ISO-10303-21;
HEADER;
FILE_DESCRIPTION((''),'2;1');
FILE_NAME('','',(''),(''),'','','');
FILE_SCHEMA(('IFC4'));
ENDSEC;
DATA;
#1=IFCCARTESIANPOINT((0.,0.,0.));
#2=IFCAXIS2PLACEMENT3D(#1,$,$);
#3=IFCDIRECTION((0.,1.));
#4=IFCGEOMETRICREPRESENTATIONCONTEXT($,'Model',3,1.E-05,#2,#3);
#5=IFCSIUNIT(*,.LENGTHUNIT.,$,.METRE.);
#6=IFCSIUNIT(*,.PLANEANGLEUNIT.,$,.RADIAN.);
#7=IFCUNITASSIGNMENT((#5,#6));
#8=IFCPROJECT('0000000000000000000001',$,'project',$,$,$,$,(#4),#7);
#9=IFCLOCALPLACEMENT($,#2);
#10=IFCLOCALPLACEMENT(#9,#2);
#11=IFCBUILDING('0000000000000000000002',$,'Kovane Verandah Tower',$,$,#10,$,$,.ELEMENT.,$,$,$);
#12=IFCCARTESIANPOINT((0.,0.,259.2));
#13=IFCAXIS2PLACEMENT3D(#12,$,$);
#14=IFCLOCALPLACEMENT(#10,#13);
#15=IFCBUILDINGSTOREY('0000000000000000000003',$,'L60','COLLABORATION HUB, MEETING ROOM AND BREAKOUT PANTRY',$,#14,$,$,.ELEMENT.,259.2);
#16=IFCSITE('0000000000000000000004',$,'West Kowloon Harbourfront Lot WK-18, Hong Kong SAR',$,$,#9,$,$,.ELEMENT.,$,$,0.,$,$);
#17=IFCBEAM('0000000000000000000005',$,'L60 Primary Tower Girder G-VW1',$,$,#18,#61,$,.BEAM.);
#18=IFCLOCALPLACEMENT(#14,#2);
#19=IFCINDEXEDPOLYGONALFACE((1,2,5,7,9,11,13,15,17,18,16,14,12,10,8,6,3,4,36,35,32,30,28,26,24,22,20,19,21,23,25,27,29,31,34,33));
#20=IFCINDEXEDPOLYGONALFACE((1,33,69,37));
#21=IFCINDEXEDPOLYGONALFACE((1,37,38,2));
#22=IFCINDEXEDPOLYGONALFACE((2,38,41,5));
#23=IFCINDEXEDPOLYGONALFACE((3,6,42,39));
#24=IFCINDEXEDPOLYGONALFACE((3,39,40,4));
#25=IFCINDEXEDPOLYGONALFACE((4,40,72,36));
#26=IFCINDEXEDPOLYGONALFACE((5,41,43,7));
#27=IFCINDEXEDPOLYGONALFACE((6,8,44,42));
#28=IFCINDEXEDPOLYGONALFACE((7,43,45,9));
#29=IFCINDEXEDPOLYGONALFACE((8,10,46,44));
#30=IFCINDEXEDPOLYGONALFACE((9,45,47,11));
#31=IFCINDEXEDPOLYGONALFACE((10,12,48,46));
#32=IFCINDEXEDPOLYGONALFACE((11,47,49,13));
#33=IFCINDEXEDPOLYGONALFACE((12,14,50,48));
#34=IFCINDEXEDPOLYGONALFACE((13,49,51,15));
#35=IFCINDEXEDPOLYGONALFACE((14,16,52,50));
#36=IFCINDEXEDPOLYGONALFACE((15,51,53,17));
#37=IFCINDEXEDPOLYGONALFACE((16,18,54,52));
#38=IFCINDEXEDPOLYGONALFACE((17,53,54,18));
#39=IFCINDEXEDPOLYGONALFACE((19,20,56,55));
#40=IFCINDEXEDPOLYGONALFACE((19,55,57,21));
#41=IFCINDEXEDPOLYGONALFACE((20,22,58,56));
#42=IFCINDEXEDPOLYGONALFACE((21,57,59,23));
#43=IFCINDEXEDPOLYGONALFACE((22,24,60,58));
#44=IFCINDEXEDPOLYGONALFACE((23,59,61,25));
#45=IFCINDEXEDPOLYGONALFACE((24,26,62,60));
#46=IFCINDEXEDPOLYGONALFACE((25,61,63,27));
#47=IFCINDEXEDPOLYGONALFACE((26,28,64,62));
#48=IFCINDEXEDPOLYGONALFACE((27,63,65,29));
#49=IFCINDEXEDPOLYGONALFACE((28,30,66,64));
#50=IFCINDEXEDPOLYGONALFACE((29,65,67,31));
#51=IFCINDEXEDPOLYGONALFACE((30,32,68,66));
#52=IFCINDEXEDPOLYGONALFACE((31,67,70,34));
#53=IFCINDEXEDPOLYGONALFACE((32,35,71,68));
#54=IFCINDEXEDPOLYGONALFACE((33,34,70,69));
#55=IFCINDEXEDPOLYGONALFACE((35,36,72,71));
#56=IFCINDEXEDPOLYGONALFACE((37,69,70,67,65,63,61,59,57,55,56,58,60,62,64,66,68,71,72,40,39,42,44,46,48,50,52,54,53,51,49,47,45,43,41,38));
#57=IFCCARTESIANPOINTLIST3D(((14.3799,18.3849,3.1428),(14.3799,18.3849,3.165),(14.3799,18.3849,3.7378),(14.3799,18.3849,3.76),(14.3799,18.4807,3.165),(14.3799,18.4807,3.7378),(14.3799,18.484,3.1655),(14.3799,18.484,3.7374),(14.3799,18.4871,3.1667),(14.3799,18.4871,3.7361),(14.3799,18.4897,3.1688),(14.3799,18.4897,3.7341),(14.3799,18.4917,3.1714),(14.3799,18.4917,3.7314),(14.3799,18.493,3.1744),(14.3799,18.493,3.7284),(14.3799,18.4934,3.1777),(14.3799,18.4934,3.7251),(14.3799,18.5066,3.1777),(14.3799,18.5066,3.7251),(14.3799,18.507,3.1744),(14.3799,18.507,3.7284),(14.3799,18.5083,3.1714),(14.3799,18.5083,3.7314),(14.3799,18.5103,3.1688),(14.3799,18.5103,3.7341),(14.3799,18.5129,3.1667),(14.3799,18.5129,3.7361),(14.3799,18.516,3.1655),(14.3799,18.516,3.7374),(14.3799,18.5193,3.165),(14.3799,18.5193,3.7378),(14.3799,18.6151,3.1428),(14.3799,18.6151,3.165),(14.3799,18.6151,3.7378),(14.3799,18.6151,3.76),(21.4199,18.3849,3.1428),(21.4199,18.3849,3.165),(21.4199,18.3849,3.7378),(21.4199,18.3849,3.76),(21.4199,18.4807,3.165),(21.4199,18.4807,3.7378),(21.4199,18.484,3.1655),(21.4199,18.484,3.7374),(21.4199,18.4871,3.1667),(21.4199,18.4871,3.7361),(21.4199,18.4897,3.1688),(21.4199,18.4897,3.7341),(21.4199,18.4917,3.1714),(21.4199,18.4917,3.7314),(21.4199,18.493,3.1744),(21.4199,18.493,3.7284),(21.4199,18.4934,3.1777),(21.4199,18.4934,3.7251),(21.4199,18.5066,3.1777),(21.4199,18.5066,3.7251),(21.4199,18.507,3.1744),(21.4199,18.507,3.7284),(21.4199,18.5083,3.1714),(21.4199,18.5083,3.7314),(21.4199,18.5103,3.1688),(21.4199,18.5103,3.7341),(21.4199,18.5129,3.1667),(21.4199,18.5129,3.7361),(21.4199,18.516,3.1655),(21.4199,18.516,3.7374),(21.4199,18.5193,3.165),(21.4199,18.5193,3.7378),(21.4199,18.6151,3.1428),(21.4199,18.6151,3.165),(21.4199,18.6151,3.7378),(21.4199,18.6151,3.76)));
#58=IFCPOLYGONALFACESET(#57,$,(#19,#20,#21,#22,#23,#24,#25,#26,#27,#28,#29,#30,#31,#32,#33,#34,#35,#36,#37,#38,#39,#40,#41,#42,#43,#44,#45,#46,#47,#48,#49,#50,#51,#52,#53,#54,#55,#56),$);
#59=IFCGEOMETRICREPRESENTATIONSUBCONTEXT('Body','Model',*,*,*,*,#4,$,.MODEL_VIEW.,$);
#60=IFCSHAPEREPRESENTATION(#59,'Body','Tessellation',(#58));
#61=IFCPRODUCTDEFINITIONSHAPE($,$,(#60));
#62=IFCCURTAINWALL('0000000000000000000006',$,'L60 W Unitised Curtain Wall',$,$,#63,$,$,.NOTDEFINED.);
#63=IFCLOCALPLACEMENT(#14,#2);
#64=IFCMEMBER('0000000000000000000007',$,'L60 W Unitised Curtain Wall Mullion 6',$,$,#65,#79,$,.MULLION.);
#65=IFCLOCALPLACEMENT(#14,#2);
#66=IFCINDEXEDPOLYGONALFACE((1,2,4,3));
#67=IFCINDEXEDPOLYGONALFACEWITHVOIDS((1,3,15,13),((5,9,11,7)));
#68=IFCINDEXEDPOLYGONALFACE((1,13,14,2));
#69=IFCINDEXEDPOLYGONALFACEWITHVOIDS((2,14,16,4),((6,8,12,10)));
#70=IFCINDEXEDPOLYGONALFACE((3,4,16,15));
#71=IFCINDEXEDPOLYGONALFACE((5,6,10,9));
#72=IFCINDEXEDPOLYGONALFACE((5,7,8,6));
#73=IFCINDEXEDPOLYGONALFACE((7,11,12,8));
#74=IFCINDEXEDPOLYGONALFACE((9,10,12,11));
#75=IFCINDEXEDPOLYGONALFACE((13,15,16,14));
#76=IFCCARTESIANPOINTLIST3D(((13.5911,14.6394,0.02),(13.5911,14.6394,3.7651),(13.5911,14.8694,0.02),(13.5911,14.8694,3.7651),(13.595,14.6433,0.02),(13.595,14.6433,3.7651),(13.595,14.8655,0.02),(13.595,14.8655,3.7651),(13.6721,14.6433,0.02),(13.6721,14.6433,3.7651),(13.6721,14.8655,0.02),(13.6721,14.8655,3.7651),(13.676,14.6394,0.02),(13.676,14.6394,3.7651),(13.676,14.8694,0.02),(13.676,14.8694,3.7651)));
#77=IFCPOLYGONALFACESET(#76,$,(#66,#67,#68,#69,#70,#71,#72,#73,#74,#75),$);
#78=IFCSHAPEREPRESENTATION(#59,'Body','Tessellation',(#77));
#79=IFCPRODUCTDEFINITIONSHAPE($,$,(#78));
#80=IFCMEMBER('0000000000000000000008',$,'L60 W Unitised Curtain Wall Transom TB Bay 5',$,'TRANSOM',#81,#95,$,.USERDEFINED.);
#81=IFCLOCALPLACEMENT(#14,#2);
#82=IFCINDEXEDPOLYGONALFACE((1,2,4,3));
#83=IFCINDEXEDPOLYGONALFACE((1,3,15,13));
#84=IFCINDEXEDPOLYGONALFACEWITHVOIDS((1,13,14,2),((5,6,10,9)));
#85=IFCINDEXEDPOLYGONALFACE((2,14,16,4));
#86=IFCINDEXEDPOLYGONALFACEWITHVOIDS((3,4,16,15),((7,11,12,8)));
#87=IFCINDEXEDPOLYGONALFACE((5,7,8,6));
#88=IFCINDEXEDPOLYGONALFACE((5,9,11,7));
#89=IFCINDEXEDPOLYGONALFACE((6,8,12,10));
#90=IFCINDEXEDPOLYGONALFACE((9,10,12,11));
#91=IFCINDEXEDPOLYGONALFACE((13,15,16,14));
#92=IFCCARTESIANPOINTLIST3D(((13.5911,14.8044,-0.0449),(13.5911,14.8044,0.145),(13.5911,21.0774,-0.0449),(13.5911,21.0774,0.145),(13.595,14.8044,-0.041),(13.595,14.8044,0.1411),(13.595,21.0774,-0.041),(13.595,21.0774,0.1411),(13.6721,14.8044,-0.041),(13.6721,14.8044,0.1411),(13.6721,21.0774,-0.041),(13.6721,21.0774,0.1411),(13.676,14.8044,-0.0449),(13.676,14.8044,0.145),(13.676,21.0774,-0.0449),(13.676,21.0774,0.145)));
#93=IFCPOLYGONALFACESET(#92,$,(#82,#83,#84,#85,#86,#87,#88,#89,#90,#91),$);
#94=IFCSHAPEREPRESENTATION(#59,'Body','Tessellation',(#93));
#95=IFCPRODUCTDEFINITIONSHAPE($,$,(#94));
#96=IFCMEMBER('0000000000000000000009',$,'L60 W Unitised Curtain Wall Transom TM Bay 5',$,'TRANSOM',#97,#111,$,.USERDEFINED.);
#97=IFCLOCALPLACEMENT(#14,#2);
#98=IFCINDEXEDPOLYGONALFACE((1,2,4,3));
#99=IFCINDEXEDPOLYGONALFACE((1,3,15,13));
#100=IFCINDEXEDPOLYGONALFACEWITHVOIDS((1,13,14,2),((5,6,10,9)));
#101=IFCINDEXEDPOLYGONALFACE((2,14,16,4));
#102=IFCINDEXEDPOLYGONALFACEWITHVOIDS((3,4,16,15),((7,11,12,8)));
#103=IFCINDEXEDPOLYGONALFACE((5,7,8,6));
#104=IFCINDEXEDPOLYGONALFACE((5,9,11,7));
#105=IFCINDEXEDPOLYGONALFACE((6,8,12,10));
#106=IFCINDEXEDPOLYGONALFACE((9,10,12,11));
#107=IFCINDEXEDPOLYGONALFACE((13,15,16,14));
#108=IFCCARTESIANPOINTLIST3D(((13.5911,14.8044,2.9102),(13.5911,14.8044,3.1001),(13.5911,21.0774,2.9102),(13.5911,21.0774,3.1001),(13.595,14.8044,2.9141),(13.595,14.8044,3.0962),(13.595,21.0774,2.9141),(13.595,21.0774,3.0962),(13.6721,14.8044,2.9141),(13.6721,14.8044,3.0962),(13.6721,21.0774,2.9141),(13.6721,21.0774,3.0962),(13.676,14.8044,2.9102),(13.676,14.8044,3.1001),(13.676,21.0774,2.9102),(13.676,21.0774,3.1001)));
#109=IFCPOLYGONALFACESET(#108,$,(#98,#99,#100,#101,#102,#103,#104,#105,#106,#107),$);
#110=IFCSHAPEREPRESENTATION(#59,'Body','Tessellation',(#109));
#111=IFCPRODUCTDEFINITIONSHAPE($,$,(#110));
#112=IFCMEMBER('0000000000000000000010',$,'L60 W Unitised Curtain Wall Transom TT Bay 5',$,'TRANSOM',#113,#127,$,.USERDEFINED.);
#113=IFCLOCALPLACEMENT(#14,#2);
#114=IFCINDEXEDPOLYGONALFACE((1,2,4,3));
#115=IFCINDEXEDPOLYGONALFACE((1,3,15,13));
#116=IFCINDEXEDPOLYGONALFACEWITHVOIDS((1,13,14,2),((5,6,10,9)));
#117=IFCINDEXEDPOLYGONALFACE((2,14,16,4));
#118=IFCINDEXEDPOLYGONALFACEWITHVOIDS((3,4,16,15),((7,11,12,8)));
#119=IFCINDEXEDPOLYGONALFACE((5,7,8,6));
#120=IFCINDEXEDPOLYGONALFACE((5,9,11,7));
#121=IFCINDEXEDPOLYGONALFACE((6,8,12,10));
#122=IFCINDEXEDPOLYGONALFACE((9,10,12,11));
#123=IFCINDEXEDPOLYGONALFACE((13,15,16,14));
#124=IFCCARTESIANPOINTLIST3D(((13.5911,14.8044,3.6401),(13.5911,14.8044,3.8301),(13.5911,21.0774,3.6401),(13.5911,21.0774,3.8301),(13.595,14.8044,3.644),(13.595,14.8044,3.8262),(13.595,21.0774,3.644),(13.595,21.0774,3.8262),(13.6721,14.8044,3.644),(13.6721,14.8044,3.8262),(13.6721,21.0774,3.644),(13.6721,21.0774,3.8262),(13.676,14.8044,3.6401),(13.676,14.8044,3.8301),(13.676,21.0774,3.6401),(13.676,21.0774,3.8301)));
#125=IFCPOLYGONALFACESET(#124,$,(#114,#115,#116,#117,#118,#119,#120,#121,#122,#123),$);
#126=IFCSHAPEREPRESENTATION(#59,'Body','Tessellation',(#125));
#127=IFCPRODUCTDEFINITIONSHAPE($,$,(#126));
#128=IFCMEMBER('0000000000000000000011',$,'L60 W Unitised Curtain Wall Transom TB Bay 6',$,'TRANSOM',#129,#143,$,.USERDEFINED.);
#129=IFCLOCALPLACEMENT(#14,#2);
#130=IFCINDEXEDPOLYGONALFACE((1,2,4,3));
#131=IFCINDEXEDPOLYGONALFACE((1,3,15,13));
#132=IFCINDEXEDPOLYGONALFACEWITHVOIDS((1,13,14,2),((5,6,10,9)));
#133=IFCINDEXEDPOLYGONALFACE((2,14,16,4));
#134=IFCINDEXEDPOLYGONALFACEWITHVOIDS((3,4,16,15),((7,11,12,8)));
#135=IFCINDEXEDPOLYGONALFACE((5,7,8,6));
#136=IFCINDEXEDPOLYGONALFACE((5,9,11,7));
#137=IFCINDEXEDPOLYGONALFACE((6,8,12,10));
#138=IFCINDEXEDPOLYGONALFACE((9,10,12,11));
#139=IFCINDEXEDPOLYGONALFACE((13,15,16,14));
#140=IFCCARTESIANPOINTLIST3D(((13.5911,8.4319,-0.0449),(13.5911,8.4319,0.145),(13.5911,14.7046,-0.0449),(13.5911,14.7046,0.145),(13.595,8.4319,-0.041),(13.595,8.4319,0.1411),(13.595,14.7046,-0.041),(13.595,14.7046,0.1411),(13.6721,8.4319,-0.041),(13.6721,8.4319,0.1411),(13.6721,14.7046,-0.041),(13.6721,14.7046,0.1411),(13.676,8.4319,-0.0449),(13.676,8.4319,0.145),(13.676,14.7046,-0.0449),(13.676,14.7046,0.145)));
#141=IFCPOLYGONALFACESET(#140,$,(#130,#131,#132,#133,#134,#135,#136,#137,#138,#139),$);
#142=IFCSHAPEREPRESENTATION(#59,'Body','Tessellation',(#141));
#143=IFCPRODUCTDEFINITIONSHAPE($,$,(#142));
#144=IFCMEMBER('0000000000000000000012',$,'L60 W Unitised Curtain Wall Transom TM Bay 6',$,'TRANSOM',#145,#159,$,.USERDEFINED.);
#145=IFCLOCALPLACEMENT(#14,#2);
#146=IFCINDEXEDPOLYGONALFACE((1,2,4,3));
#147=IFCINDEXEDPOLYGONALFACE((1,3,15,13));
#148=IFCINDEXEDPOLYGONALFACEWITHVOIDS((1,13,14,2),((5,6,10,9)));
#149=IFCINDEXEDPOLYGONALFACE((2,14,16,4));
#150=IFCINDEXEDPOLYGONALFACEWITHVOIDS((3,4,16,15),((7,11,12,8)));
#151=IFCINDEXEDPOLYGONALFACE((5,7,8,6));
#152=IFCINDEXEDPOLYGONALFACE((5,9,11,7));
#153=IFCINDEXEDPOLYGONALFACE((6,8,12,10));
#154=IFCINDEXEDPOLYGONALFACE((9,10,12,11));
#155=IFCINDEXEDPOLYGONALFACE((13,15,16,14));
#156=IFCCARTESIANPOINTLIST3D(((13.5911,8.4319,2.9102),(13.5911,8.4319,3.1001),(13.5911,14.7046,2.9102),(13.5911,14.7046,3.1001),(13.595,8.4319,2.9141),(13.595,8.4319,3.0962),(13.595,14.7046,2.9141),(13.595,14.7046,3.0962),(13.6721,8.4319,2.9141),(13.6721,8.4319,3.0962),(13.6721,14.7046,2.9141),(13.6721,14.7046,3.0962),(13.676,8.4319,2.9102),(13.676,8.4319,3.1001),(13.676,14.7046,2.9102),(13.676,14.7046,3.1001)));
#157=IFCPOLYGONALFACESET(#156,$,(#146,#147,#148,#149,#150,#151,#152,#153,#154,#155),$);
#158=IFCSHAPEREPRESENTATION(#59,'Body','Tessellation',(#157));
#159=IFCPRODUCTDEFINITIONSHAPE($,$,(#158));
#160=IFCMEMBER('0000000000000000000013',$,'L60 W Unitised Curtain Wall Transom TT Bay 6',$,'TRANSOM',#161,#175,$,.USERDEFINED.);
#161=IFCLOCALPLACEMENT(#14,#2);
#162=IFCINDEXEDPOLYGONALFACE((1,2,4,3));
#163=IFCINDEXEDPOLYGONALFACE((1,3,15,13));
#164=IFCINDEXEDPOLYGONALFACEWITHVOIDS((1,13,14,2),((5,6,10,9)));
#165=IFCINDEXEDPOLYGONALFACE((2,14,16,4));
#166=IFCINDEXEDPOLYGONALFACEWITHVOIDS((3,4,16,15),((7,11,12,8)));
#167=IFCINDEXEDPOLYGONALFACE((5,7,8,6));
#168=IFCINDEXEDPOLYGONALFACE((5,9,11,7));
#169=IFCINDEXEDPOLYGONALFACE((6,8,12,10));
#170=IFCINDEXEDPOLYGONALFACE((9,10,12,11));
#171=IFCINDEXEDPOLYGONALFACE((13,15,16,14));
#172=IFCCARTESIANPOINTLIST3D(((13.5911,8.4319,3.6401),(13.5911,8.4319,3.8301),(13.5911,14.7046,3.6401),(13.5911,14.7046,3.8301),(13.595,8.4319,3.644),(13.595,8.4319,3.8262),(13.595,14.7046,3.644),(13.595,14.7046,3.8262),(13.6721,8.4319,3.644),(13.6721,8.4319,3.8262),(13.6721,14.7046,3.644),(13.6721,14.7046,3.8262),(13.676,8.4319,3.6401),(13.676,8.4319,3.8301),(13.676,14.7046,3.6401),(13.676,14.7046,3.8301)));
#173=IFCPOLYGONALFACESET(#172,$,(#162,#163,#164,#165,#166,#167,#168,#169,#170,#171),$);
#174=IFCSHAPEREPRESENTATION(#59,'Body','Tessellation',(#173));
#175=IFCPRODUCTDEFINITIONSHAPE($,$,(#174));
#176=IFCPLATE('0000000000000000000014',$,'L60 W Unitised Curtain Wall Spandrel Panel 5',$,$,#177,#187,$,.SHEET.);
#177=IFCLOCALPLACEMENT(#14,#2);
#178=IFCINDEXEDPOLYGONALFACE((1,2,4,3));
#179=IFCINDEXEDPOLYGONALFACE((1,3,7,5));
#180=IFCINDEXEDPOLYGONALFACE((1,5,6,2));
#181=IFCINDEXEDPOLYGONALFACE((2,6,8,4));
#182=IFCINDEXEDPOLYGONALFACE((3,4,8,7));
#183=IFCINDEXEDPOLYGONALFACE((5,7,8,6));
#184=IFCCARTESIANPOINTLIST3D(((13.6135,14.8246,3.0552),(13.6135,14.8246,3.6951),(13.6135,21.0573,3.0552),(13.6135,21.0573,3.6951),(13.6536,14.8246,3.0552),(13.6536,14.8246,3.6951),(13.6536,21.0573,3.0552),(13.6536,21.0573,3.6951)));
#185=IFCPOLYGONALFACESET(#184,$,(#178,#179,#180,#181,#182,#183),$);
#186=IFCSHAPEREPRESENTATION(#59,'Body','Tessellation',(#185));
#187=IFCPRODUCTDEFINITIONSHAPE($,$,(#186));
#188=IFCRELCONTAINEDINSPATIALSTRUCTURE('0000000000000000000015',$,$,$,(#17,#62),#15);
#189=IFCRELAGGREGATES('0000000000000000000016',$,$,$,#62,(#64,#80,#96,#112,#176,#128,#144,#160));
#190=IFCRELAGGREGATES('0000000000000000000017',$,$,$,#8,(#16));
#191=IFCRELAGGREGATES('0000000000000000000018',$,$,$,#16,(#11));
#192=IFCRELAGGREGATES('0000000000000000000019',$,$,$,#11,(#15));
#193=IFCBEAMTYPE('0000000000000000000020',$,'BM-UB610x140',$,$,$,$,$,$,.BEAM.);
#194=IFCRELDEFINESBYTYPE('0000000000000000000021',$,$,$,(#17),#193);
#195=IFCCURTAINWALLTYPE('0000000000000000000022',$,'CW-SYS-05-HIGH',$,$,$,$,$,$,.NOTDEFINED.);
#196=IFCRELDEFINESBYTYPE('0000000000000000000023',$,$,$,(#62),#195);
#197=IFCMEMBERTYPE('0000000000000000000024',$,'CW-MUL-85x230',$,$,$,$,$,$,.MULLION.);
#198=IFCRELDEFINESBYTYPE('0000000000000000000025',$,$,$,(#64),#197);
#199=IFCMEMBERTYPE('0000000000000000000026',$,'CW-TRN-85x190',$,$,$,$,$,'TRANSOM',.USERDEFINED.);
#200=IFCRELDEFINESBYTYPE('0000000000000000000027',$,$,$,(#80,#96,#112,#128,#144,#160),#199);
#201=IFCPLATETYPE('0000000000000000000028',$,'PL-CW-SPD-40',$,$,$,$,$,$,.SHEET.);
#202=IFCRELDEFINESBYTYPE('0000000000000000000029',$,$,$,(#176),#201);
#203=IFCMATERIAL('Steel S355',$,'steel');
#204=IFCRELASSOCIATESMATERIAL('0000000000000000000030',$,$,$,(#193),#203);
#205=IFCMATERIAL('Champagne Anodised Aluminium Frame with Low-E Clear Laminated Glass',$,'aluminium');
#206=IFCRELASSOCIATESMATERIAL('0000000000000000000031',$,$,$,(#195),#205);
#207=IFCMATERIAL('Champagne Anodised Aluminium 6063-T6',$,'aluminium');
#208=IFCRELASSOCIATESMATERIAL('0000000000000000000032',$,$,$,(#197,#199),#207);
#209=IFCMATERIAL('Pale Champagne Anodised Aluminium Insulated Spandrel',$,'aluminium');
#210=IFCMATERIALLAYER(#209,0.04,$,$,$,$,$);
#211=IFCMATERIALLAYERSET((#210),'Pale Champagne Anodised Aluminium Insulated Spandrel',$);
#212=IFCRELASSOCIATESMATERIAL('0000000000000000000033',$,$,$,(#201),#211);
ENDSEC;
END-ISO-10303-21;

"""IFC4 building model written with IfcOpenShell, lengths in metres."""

from ifc_helpers import new_model, si_unit, direction, frame, origin, origin_2d, place, context, subcontext, project, spatial, rectangle, hollow_rectangle, i_section, extrude, material, layer, layer_set, material_profile, profile_set, type_object, element, aggregate, save


model = new_model("IFC4")

# Units and contexts
model_context = context("Model", 3, precision=1e-05, world=origin(), true_north=direction((0.0, 1.0)))
body_context = subcontext(model_context, "Body", "Model", "MODEL_VIEW")
ifc_project = project(units=[si_unit("LENGTHUNIT", "METRE"), si_unit("PLANEANGLEUNIT", "RADIAN")], contexts=[model_context])

# Site, building, storey
site_placement = place(None, origin())
site = spatial("IfcSite", under=ifc_project, at=site_placement, Name="West Kowloon Harbourfront Lot WK-18, Hong Kong SAR", CompositionType="ELEMENT", RefElevation=0.0)
building_placement = place(site_placement, origin())
building = spatial("IfcBuilding", under=site, at=building_placement, Name="Kovane Verandah Tower", CompositionType="ELEMENT")
storey_placement = place(building_placement, frame((0.0, 0.0, 259.2)))
storey = spatial("IfcBuildingStorey", under=building, at=storey_placement, Name="L60", Description="COLLABORATION HUB, MEETING ROOM AND BREAKOUT PANTRY", CompositionType="ELEMENT", Elevation=259.2)

# Beam
ifc_material_1 = material(Name="Steel S355", Category="steel")
ifc_material_profile_1 = material_profile(ifc_material_1, i_section(OverallWidth=0.2302, OverallDepth=0.6172, WebThickness=0.0132, FlangeThickness=0.0222, FilletRadius=0.0127, at=origin_2d()), Name="UB610x229x140")
ifc_profile_set_1 = profile_set([ifc_material_profile_1], Name="Steel S355")
beam_type = type_object("IfcBeamType", Name="BM-UB610x140", PredefinedType="BEAM", material=ifc_profile_set_1)
beam_1_placement = place(storey_placement, frame((21.4199, 18.5, 3.4514), z_axis=(-1.0, 0.0, 0.0), x_axis=(0.0, -1.0, 0.0)))
element("IfcBeam", 1, at=beam_1_placement, inside=storey, type_object=beam_type, Name="L60 Primary Tower Girder G-VW1", PredefinedType="BEAM", context=body_context, shape_type="SweptSolid", body=[
    extrude(i_section(OverallWidth=0.2302, OverallDepth=0.6172, WebThickness=0.0132, FlangeThickness=0.0222, FilletRadius=0.0127, at=origin_2d()), origin(), (0.0, 0.0, 1.0), 7.04),
])

# Curtain wall, members, plate
ifc_material_2 = material(Name="Champagne Anodised Aluminium Frame with Low-E Clear Laminated Glass", Category="aluminium")
curtain_wall_type = type_object("IfcCurtainWallType", Name="CW-SYS-05-HIGH", PredefinedType="NOTDEFINED", material=ifc_material_2)
curtain_wall_placement = place(storey_placement, origin())
curtain_wall = element("IfcCurtainWall", 2, at=curtain_wall_placement, inside=storey, type_object=curtain_wall_type, Name="L60 W Unitised Curtain Wall", PredefinedType="NOTDEFINED")
ifc_material_3 = material(Name="Champagne Anodised Aluminium 6063-T6", Category="aluminium")
ifc_material_profile_2 = material_profile(ifc_material_3, hollow_rectangle(XDim=0.085, YDim=0.23, WallThickness=0.0039, at=origin_2d()), Name="AL85x230x4")
ifc_profile_set_2 = profile_set([ifc_material_profile_2], Name="Champagne Anodised Aluminium 6063-T6")
member_type_1 = type_object("IfcMemberType", Name="CW-MUL-85x230", PredefinedType="MULLION", material=ifc_profile_set_2)
member_1_placement = place(storey_placement, frame((13.6335, 14.7544, 0.02), z_axis=(0.0, 0.0, 1.0), x_axis=(-1.0, 0.0, 0.0)))
member_1 = element("IfcMember", 3, at=member_1_placement, type_object=member_type_1, Name="L60 W Unitised Curtain Wall Mullion 6", PredefinedType="MULLION", context=body_context, shape_type="SweptSolid", body=[
    extrude(hollow_rectangle(XDim=0.085, YDim=0.23, WallThickness=0.0039, at=origin_2d()), origin(), (0.0, 0.0, 1.0), 3.7451),
])
ifc_material_profile_3 = material_profile(ifc_material_3, hollow_rectangle(XDim=0.085, YDim=0.1899, WallThickness=0.0039, at=origin_2d()), Name="AL85x190x4")
ifc_profile_set_3 = profile_set([ifc_material_profile_3], Name="Champagne Anodised Aluminium 6063-T6")
member_type_2 = type_object("IfcMemberType", Name="CW-TRN-85x190", ElementType="TRANSOM", PredefinedType="USERDEFINED", material=ifc_profile_set_3)
member_2_placement = place(storey_placement, frame((13.6335, 21.0774, 0.05), z_axis=(0.0, -1.0, 0.0), x_axis=(1.0, 0.0, 0.0)))
member_2 = element("IfcMember", 4, at=member_2_placement, type_object=member_type_2, Name="L60 W Unitised Curtain Wall Transom TB Bay 5", ObjectType="TRANSOM", PredefinedType="USERDEFINED", context=body_context, shape_type="SweptSolid", body=[
    extrude(hollow_rectangle(XDim=0.085, YDim=0.1899, WallThickness=0.0039, at=origin_2d()), origin(), (0.0, 0.0, 1.0), 6.2729),
])
member_3_placement = place(storey_placement, frame((13.6335, 21.0774, 3.0051), z_axis=(0.0, -1.0, 0.0), x_axis=(1.0, 0.0, 0.0)))
member_3 = element("IfcMember", 5, at=member_3_placement, type_object=member_type_2, Name="L60 W Unitised Curtain Wall Transom TM Bay 5", ObjectType="TRANSOM", PredefinedType="USERDEFINED", context=body_context, shape_type="SweptSolid", body=[
    extrude(hollow_rectangle(XDim=0.085, YDim=0.1899, WallThickness=0.0039, at=origin_2d()), origin(), (0.0, 0.0, 1.0), 6.2729),
])
member_4_placement = place(storey_placement, frame((13.6335, 21.0774, 3.7351), z_axis=(0.0, -1.0, 0.0), x_axis=(1.0, 0.0, 0.0)))
member_4 = element("IfcMember", 6, at=member_4_placement, type_object=member_type_2, Name="L60 W Unitised Curtain Wall Transom TT Bay 5", ObjectType="TRANSOM", PredefinedType="USERDEFINED", context=body_context, shape_type="SweptSolid", body=[
    extrude(hollow_rectangle(XDim=0.085, YDim=0.1899, WallThickness=0.0039, at=origin_2d()), origin(), (0.0, 0.0, 1.0), 6.2729),
])
member_5_placement = place(storey_placement, frame((13.6335, 14.7046, 0.05), z_axis=(0.0, -1.0, 0.0), x_axis=(1.0, 0.0, 0.0)))
member_5 = element("IfcMember", 7, at=member_5_placement, type_object=member_type_2, Name="L60 W Unitised Curtain Wall Transom TB Bay 6", ObjectType="TRANSOM", PredefinedType="USERDEFINED", context=body_context, shape_type="SweptSolid", body=[
    extrude(hollow_rectangle(XDim=0.085, YDim=0.1899, WallThickness=0.0039, at=origin_2d()), origin(), (0.0, 0.0, 1.0), 6.2727),
])
member_6_placement = place(storey_placement, frame((13.6335, 14.7046, 3.0051), z_axis=(0.0, -1.0, 0.0), x_axis=(1.0, 0.0, 0.0)))
member_6 = element("IfcMember", 8, at=member_6_placement, type_object=member_type_2, Name="L60 W Unitised Curtain Wall Transom TM Bay 6", ObjectType="TRANSOM", PredefinedType="USERDEFINED", context=body_context, shape_type="SweptSolid", body=[
    extrude(hollow_rectangle(XDim=0.085, YDim=0.1899, WallThickness=0.0039, at=origin_2d()), origin(), (0.0, 0.0, 1.0), 6.2727),
])
member_7_placement = place(storey_placement, frame((13.6335, 14.7046, 3.7351), z_axis=(0.0, -1.0, 0.0), x_axis=(1.0, 0.0, 0.0)))
member_7 = element("IfcMember", 9, at=member_7_placement, type_object=member_type_2, Name="L60 W Unitised Curtain Wall Transom TT Bay 6", ObjectType="TRANSOM", PredefinedType="USERDEFINED", context=body_context, shape_type="SweptSolid", body=[
    extrude(hollow_rectangle(XDim=0.085, YDim=0.1899, WallThickness=0.0039, at=origin_2d()), origin(), (0.0, 0.0, 1.0), 6.2727),
])
ifc_material_4 = material(Name="Pale Champagne Anodised Aluminium Insulated Spandrel", Category="aluminium")
ifc_layer_1 = layer(ifc_material_4, 0.04)
ifc_layer_set_1 = layer_set([ifc_layer_1], Name="Pale Champagne Anodised Aluminium Insulated Spandrel")
plate_type_1 = type_object("IfcPlateType", Name="PL-CW-SPD-40", PredefinedType="SHEET", material=ifc_layer_set_1)
plate_1_placement = place(storey_placement, frame((13.6335, 17.9409, 3.0552), z_axis=(0.0, 0.0, 1.0), x_axis=(0.0, -1.0, 0.0)))
plate_1 = element("IfcPlate", 10, at=plate_1_placement, type_object=plate_type_1, Name="L60 W Unitised Curtain Wall Spandrel Panel 5", PredefinedType="SHEET", context=body_context, shape_type="SweptSolid", body=[
    extrude(rectangle(XDim=6.2327, YDim=0.04, at=origin_2d()), origin(), (0.0, 0.0, 1.0), 0.6399),
])
aggregate(curtain_wall, [member_1, member_2, member_3, member_4, plate_1, member_5, member_6, member_7])

save(model, "model.ifc")
